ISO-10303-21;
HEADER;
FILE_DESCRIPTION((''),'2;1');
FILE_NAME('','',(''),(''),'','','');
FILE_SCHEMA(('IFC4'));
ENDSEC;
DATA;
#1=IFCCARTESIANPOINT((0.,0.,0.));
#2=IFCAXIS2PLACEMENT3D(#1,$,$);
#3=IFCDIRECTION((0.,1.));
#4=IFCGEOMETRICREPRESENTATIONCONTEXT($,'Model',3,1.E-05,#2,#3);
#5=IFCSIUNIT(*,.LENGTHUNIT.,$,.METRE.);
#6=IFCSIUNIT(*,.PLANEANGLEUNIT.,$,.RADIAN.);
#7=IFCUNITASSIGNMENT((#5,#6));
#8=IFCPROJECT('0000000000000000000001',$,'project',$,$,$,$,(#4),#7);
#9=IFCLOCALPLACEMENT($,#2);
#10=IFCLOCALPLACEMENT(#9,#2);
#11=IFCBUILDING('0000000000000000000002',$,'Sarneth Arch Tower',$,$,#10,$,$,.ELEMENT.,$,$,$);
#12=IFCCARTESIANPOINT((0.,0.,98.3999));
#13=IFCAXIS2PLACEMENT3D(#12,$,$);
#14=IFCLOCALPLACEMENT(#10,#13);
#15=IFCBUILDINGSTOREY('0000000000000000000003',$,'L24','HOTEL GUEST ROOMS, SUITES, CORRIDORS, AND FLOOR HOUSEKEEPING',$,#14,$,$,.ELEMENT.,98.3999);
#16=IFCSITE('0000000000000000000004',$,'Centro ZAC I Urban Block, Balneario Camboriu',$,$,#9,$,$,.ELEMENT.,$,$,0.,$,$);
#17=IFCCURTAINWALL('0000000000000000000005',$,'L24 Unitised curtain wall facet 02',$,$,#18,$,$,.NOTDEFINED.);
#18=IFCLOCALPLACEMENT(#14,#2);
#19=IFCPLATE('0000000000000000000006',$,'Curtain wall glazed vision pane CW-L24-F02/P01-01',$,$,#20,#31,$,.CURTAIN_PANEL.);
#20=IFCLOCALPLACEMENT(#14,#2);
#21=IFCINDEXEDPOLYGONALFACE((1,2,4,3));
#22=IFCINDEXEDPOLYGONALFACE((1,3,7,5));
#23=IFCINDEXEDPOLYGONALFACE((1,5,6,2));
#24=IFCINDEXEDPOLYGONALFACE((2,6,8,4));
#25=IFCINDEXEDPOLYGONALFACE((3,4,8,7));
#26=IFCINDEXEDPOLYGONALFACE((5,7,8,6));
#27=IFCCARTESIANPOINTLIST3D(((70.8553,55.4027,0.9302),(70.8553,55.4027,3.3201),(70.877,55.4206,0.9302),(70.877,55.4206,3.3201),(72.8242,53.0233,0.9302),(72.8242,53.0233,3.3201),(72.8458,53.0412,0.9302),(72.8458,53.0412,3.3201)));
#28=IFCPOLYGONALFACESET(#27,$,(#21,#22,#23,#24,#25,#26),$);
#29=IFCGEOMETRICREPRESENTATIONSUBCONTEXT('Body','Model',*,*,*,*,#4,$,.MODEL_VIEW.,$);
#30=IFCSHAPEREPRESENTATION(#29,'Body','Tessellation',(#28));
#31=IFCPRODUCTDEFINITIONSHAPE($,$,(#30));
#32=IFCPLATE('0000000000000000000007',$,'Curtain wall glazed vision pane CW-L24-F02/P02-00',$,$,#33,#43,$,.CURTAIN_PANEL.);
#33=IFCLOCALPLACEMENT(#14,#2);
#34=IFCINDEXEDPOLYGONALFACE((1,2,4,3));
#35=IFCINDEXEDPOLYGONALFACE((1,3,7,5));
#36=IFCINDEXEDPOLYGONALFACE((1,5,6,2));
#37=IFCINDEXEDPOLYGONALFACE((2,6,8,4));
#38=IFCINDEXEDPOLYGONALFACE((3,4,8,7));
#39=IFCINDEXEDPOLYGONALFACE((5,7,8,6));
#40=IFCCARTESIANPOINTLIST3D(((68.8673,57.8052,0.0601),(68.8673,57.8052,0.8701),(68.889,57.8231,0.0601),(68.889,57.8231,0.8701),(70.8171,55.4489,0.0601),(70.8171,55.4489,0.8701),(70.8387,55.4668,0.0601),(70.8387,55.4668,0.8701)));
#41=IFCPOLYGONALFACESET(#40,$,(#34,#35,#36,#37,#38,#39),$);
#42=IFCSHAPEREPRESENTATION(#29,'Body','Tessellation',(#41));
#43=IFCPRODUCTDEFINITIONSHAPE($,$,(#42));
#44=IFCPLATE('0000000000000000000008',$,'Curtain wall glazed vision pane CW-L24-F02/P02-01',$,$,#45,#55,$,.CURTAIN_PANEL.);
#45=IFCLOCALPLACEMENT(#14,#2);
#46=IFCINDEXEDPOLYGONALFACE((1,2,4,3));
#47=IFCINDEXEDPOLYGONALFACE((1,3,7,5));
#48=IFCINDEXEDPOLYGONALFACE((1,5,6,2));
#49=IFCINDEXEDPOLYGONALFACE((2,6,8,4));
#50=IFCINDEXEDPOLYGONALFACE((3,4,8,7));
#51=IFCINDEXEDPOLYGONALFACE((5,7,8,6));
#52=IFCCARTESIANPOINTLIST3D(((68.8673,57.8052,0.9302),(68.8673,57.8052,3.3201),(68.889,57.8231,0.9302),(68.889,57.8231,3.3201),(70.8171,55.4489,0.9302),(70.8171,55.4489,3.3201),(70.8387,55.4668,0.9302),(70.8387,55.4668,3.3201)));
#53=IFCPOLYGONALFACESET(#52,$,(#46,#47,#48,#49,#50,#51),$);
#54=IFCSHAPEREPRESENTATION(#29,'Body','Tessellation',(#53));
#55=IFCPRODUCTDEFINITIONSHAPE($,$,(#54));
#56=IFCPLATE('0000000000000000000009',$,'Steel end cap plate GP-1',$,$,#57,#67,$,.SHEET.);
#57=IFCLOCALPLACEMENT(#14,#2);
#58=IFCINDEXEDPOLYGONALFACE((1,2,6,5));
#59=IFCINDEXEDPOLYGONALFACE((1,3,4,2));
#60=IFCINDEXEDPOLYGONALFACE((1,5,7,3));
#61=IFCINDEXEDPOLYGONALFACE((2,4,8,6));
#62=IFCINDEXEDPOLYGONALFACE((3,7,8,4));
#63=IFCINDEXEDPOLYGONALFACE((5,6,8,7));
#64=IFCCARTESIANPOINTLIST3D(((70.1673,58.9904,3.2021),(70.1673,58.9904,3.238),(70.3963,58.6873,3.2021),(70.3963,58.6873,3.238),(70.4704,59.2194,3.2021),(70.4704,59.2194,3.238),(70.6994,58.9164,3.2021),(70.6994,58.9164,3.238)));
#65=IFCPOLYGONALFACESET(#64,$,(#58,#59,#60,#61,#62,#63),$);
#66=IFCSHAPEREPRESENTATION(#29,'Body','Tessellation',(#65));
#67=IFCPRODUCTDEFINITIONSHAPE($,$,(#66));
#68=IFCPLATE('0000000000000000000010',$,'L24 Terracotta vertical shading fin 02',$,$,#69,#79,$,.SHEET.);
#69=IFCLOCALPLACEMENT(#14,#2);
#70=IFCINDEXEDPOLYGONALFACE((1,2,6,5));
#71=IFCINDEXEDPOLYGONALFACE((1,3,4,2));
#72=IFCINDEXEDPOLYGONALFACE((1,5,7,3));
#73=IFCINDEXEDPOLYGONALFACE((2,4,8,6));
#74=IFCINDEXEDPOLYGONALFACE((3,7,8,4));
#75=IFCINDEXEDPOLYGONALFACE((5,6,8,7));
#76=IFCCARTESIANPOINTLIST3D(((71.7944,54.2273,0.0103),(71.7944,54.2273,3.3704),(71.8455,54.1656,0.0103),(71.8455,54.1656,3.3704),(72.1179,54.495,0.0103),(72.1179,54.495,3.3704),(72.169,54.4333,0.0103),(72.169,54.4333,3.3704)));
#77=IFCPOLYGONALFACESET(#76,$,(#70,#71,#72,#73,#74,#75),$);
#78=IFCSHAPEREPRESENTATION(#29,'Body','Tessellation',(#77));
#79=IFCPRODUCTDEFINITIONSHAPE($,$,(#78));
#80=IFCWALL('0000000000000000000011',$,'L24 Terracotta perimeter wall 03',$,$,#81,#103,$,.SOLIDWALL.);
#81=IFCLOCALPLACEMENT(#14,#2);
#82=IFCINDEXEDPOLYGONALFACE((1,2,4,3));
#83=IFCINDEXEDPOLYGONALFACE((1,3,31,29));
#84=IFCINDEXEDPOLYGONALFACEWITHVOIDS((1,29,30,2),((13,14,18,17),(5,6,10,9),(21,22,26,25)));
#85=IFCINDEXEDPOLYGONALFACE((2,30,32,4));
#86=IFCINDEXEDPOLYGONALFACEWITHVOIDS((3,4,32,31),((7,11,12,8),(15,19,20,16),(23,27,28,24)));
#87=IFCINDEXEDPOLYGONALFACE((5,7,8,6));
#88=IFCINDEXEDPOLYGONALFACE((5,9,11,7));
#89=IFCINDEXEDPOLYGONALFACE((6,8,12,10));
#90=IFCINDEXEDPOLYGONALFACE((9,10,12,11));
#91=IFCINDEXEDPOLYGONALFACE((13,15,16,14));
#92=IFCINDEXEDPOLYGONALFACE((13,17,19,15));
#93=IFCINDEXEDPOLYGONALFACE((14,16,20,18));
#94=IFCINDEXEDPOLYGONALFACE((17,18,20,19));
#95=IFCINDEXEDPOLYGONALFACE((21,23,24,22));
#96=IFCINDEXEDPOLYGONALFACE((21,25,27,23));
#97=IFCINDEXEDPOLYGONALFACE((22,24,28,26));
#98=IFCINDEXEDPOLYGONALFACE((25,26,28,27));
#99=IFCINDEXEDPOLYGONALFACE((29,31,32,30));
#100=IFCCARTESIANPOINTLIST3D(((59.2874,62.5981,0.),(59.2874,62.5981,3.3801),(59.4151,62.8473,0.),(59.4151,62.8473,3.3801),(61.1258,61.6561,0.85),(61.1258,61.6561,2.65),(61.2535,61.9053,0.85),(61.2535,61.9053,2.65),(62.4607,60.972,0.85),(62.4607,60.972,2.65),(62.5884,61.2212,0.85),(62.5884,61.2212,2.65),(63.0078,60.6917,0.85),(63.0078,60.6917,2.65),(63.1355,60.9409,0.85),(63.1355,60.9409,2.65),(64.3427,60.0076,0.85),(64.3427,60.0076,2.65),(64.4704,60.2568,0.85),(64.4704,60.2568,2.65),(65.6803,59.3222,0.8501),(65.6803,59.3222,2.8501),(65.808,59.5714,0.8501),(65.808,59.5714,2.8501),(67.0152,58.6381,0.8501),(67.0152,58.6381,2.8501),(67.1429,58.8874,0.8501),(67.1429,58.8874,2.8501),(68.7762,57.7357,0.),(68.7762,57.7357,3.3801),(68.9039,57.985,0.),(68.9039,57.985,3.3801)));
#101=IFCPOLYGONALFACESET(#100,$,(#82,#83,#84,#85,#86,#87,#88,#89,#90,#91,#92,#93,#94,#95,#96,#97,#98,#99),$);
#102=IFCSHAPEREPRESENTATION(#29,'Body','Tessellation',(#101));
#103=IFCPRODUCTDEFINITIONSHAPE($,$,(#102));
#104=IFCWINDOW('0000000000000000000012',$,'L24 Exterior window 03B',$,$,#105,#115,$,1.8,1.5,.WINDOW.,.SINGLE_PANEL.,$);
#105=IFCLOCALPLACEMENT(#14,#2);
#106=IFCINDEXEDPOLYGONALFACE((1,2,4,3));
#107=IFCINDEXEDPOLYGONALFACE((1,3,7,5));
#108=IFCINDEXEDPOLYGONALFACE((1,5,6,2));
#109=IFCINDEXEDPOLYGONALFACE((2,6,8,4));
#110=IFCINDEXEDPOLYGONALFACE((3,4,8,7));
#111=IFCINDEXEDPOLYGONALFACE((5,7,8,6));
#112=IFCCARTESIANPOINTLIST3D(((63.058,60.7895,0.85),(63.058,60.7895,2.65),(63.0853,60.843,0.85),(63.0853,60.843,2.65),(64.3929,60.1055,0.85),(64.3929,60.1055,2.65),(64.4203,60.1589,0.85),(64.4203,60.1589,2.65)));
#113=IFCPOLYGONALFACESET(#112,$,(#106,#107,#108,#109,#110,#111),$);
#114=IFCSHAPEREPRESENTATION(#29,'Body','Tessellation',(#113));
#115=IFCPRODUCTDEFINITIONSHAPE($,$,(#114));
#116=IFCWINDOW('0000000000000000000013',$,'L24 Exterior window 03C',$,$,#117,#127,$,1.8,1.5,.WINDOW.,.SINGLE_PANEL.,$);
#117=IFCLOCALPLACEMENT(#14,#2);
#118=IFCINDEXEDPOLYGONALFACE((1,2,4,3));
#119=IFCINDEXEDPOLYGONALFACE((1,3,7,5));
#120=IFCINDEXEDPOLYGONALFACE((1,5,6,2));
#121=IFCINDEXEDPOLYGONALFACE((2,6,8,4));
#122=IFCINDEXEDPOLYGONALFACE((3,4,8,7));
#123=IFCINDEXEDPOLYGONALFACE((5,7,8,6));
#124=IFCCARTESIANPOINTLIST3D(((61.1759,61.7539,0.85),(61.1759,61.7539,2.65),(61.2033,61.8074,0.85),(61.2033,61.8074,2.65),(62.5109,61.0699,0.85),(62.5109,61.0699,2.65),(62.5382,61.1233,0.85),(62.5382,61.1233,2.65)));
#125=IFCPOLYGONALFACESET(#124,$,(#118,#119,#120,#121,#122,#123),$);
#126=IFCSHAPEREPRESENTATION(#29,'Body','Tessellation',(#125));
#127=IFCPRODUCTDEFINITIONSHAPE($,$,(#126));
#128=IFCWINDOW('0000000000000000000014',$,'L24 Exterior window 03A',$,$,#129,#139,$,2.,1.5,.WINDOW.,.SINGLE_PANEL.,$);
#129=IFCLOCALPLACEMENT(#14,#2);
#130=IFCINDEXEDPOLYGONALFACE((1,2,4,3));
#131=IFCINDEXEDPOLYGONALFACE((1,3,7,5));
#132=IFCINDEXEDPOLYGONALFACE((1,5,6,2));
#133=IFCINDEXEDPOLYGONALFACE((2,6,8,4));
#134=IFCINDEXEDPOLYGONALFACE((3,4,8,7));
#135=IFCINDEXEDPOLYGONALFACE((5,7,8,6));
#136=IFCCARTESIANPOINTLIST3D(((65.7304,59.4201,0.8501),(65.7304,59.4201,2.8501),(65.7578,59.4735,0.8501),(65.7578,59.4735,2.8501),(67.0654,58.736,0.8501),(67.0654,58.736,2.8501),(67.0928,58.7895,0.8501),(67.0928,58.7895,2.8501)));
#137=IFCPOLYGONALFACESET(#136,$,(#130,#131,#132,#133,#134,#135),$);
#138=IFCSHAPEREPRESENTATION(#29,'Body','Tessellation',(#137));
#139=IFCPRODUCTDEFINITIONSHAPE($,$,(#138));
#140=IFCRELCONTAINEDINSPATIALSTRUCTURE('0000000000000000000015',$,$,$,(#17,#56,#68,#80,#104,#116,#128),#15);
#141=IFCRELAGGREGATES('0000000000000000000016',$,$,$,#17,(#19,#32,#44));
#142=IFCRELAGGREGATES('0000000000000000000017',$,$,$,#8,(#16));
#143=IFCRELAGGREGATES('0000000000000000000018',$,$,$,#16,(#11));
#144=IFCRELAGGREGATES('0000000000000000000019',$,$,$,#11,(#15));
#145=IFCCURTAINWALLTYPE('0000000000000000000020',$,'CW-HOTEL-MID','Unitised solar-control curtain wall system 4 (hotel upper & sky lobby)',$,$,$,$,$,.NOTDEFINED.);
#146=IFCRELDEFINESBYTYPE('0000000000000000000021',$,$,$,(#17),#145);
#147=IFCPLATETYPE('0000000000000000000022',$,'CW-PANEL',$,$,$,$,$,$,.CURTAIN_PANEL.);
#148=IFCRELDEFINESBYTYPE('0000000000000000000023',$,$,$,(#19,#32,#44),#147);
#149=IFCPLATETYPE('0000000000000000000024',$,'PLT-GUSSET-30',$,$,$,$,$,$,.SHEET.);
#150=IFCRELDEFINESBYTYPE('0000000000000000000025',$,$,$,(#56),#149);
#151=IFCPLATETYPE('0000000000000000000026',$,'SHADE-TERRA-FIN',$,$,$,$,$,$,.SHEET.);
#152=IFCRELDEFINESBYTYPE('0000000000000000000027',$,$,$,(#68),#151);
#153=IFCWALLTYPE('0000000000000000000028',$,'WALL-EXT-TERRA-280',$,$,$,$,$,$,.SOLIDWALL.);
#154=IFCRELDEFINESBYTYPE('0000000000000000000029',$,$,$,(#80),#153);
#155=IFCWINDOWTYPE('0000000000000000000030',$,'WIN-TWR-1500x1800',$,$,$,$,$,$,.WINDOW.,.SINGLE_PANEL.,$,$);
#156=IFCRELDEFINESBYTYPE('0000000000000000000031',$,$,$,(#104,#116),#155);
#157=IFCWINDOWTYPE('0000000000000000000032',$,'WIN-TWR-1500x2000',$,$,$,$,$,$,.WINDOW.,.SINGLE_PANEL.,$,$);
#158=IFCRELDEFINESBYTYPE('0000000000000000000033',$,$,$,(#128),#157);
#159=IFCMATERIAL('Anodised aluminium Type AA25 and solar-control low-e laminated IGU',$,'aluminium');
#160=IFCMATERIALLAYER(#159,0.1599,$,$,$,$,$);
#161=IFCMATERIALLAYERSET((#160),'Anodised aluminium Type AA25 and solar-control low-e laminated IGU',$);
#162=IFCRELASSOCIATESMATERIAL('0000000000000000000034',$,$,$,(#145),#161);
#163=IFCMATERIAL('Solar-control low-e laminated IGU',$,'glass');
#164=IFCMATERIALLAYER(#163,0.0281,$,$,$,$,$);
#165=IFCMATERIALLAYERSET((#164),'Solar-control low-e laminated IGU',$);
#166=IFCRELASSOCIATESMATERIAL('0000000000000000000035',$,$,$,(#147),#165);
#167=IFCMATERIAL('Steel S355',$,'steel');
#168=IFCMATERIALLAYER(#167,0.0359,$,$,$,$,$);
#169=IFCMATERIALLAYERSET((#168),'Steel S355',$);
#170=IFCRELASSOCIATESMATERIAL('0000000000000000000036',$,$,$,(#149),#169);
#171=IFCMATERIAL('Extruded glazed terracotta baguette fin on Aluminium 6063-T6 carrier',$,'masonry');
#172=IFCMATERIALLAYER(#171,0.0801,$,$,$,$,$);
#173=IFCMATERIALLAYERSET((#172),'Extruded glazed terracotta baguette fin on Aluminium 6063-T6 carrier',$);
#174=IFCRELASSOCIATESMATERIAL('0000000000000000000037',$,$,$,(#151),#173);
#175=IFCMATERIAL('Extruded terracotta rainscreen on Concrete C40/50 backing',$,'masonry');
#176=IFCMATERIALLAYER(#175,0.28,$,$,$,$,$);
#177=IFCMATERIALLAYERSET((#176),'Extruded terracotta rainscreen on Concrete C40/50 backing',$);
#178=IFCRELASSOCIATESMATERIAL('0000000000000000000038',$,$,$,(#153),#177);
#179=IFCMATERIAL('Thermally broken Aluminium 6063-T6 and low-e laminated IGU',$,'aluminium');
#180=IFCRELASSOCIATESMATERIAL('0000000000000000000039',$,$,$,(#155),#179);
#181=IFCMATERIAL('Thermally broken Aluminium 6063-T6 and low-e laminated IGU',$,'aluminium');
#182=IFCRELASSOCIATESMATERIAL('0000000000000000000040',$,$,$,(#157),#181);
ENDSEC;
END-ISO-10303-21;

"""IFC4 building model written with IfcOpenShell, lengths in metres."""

from ifc_helpers import new_model, si_unit, direction, frame, frame_2d, origin, origin_2d, place, context, subcontext, project, spatial, rectangle, extrude, material, layer, layer_set, type_object, element, fill, aggregate, save


model = new_model("IFC4")

# Units and contexts
model_context = context("Model", 3, precision=1e-05, world=origin(), true_north=direction((0.0, 1.0)))
body_context = subcontext(model_context, "Body", "Model", "MODEL_VIEW")
ifc_project = project(units=[si_unit("LENGTHUNIT", "METRE"), si_unit("PLANEANGLEUNIT", "RADIAN")], contexts=[model_context])

# Site, building, storey
site_placement = place(None, origin())
site = spatial("IfcSite", under=ifc_project, at=site_placement, Name="Centro ZAC I Urban Block, Balneario Camboriu", CompositionType="ELEMENT", RefElevation=0.0)
building_placement = place(site_placement, origin())
building = spatial("IfcBuilding", under=site, at=building_placement, Name="Sarneth Arch Tower", CompositionType="ELEMENT")
storey_placement = place(building_placement, frame((0.0, 0.0, 98.3999)))
storey = spatial("IfcBuildingStorey", under=building, at=storey_placement, Name="L24", Description="HOTEL GUEST ROOMS, SUITES, CORRIDORS, AND FLOOR HOUSEKEEPING", CompositionType="ELEMENT", Elevation=98.3999)

# Curtain wall
ifc_material_1 = material(Name="Anodised aluminium Type AA25 and solar-control low-e laminated IGU", Category="aluminium")
ifc_layer_1 = layer(ifc_material_1, 0.1599)
ifc_layer_set_1 = layer_set([ifc_layer_1], Name="Anodised aluminium Type AA25 and solar-control low-e laminated IGU")
curtain_wall_type = type_object("IfcCurtainWallType", Name="CW-HOTEL-MID", Description="Unitised solar-control curtain wall system 4 (hotel upper & sky lobby)", PredefinedType="NOTDEFINED", material=ifc_layer_set_1)
curtain_wall_placement = place(storey_placement, origin())
curtain_wall = element("IfcCurtainWall", 1, at=curtain_wall_placement, inside=storey, type_object=curtain_wall_type, Name="L24 Unitised curtain wall facet 02", PredefinedType="NOTDEFINED")

# Plates
ifc_material_2 = material(Name="Solar-control low-e laminated IGU", Category="glass")
ifc_layer_2 = layer(ifc_material_2, 0.0281)
ifc_layer_set_2 = layer_set([ifc_layer_2], Name="Solar-control low-e laminated IGU")
plate_type_1 = type_object("IfcPlateType", Name="CW-PANEL", PredefinedType="CURTAIN_PANEL", material=ifc_layer_set_2)
plate_1_placement = place(storey_placement, frame((71.8506, 54.2219, 0.9302), z_axis=(0.0, 0.0, 1.0), x_axis=(-0.637515, 0.770438, 0.0)))
plate_1 = element("IfcPlate", 2, at=plate_1_placement, type_object=plate_type_1, Name="Curtain wall glazed vision pane CW-L24-F02/P01-01", PredefinedType="CURTAIN_PANEL", context=body_context, shape_type="SweptSolid", body=[
    extrude(rectangle(XDim=3.0884, YDim=0.0281, at=origin_2d()), origin(), (0.0, 0.0, 1.0), 2.3899),
])
plate_2_placement = place(storey_placement, frame((69.853, 56.636, 0.0601), z_axis=(0.0, 0.0, 1.0), x_axis=(-0.637515, 0.770438, 0.0)))
plate_2 = element("IfcPlate", 3, at=plate_2_placement, type_object=plate_type_1, Name="Curtain wall glazed vision pane CW-L24-F02/P02-00", PredefinedType="CURTAIN_PANEL", context=body_context, shape_type="SweptSolid", body=[
    extrude(rectangle(XDim=3.0583, YDim=0.0281, at=origin_2d()), origin(), (0.0, 0.0, 1.0), 0.8101),
])
plate_3_placement = place(storey_placement, frame((69.853, 56.636, 0.9302), z_axis=(0.0, 0.0, 1.0), x_axis=(-0.637515, 0.770438, 0.0)))
plate_3 = element("IfcPlate", 4, at=plate_3_placement, type_object=plate_type_1, Name="Curtain wall glazed vision pane CW-L24-F02/P02-01", PredefinedType="CURTAIN_PANEL", context=body_context, shape_type="SweptSolid", body=[
    extrude(rectangle(XDim=3.0583, YDim=0.0281, at=origin_2d()), origin(), (0.0, 0.0, 1.0), 2.3899),
])
aggregate(curtain_wall, [plate_1, plate_2, plate_3])

# Plates
ifc_material_3 = material(Name="Steel S355", Category="steel")
ifc_layer_3 = layer(ifc_material_3, 0.0359)
ifc_layer_set_3 = layer_set([ifc_layer_3], Name="Steel S355")
plate_type_2 = type_object("IfcPlateType", Name="PLT-GUSSET-30", PredefinedType="SHEET", material=ifc_layer_set_3)
plate_4_placement = place(storey_placement, frame((70.4333, 58.9534, 3.2021), z_axis=(0.0, 0.0, 1.0), x_axis=(0.797794, 0.60293, 0.0)))
element("IfcPlate", 5, at=plate_4_placement, inside=storey, type_object=plate_type_2, Name="Steel end cap plate GP-1", PredefinedType="SHEET", context=body_context, shape_type="SweptSolid", body=[
    extrude(rectangle(XDim=0.3799, YDim=0.3799, at=origin_2d()), origin(), (0.0, 0.0, 1.0), 0.0359),
])
ifc_material_4 = material(Name="Extruded glazed terracotta baguette fin on Aluminium 6063-T6 carrier", Category="masonry")
ifc_layer_4 = layer(ifc_material_4, 0.0801)
ifc_layer_set_4 = layer_set([ifc_layer_4], Name="Extruded glazed terracotta baguette fin on Aluminium 6063-T6 carrier")
plate_type_3 = type_object("IfcPlateType", Name="SHADE-TERRA-FIN", PredefinedType="SHEET", material=ifc_layer_set_4)
plate_5_placement = place(storey_placement, frame((71.9817, 54.3303, 0.0103), z_axis=(0.0, 0.0, 1.0), x_axis=(0.770402, 0.637558, 0.0)))
element("IfcPlate", 6, at=plate_5_placement, inside=storey, type_object=plate_type_3, Name="L24 Terracotta vertical shading fin 02", PredefinedType="SHEET", context=body_context, shape_type="SweptSolid", body=[
    extrude(rectangle(XDim=0.4199, YDim=0.0801, at=origin_2d()), origin(), (0.0, 0.0, 1.0), 3.3601),
])

# Wall, openings, windows
ifc_material_5 = material(Name="Extruded terracotta rainscreen on Concrete C40/50 backing", Category="masonry")
ifc_layer_5 = layer(ifc_material_5, 0.28)
ifc_layer_set_5 = layer_set([ifc_layer_5], Name="Extruded terracotta rainscreen on Concrete C40/50 backing")
wall_type = type_object("IfcWallType", Name="WALL-EXT-TERRA-280", PredefinedType="SOLIDWALL", material=ifc_layer_set_5)
wall_placement = place(storey_placement, frame((68.8401, 57.8604, 0.0), z_axis=(0.0, 0.0, 1.0), x_axis=(-0.88996, 0.45604, 0.0)))
wall = element("IfcWall", 7, at=wall_placement, inside=storey, type_object=wall_type, Name="L24 Terracotta perimeter wall 03", PredefinedType="SOLIDWALL", context=body_context, shape_type="SweptSolid", body=[
    extrude(rectangle(XDim=10.6621, YDim=0.28, at=frame_2d((5.3311, 0.0))), origin(), (0.0, 0.0, 1.0), 3.3801),
])
opening_1_placement = place(wall_placement, frame((1.9788, 0.0, 0.8501)))
opening_1 = element("IfcOpeningElement", 8, at=opening_1_placement, cuts=wall, PredefinedType="OPENING", context=body_context, shape_type="SweptSolid", body=[
    extrude(rectangle(XDim=1.5, YDim=2.0, at=frame_2d((0.75, 1.0))), frame((0.0, 0.1499, 0.0), z_axis=(0.0, -1.0, 0.0), x_axis=(1.0, 0.0, 0.0)), (0.0, 0.0, 1.0), 0.3),
])
opening_2_placement = place(wall_placement, frame((4.9817, 0.0, 0.8501)))
opening_2 = element("IfcOpeningElement", 9, at=opening_2_placement, cuts=wall, PredefinedType="OPENING", context=body_context, shape_type="SweptSolid", body=[
    extrude(rectangle(XDim=1.5, YDim=1.8, at=frame_2d((0.75, 0.8999))), frame((0.0, 0.1499, 0.0), z_axis=(0.0, -1.0, 0.0), x_axis=(1.0, 0.0, 0.0)), (0.0, 0.0, 1.0), 0.3),
])
opening_3_placement = place(wall_placement, frame((7.0964, 0.0, 0.8501)))
opening_3 = element("IfcOpeningElement", 10, at=opening_3_placement, cuts=wall, PredefinedType="OPENING", context=body_context, shape_type="SweptSolid", body=[
    extrude(rectangle(XDim=1.5, YDim=1.8, at=frame_2d((0.75, 0.8999))), frame((0.0, 0.1499, 0.0), z_axis=(0.0, -1.0, 0.0), x_axis=(1.0, 0.0, 0.0)), (0.0, 0.0, 1.0), 0.3),
])
ifc_material_6 = material(Name="Thermally broken Aluminium 6063-T6 and low-e laminated IGU", Category="aluminium")
window_type_1 = type_object("IfcWindowType", Name="WIN-TWR-1500x1800", PartitioningType="SINGLE_PANEL", PredefinedType="WINDOW", material=ifc_material_6)
window_1_placement = place(opening_2_placement, origin())
window_1 = element("IfcWindow", 11, at=window_1_placement, inside=storey, type_object=window_type_1, Name="L24 Exterior window 03B", OverallHeight=1.8, OverallWidth=1.5, PartitioningType="SINGLE_PANEL", PredefinedType="WINDOW", context=body_context, shape_type="SweptSolid", body=[
    extrude(rectangle(XDim=1.5, YDim=1.8, at=frame_2d((0.75, 0.8999))), frame((0.0, 0.03, 0.0), z_axis=(0.0, -1.0, 0.0), x_axis=(1.0, 0.0, 0.0)), (0.0, 0.0, 1.0), 0.0601),
])
fill(opening_2, window_1)
window_2_placement = place(opening_3_placement, origin())
window_2 = element("IfcWindow", 12, at=window_2_placement, inside=storey, type_object=window_type_1, Name="L24 Exterior window 03C", OverallHeight=1.8, OverallWidth=1.5, PartitioningType="SINGLE_PANEL", PredefinedType="WINDOW", context=body_context, shape_type="SweptSolid", body=[
    extrude(rectangle(XDim=1.5, YDim=1.8, at=frame_2d((0.75, 0.8999))), frame((0.0, 0.03, 0.0), z_axis=(0.0, -1.0, 0.0), x_axis=(1.0, 0.0, 0.0)), (0.0, 0.0, 1.0), 0.0601),
])
fill(opening_3, window_2)
ifc_material_7 = material(Name="Thermally broken Aluminium 6063-T6 and low-e laminated IGU", Category="aluminium")
window_type_2 = type_object("IfcWindowType", Name="WIN-TWR-1500x2000", PartitioningType="SINGLE_PANEL", PredefinedType="WINDOW", material=ifc_material_7)
window_3_placement = place(opening_1_placement, origin())
window_3 = element("IfcWindow", 13, at=window_3_placement, inside=storey, type_object=window_type_2, Name="L24 Exterior window 03A", OverallHeight=2.0, OverallWidth=1.5, PartitioningType="SINGLE_PANEL", PredefinedType="WINDOW", context=body_context, shape_type="SweptSolid", body=[
    extrude(rectangle(XDim=1.5, YDim=2.0, at=frame_2d((0.75, 1.0))), frame((0.0, 0.03, 0.0), z_axis=(0.0, -1.0, 0.0), x_axis=(1.0, 0.0, 0.0)), (0.0, 0.0, 1.0), 0.0601),
])
fill(opening_1, window_3)

save(model, "model.ifc")
